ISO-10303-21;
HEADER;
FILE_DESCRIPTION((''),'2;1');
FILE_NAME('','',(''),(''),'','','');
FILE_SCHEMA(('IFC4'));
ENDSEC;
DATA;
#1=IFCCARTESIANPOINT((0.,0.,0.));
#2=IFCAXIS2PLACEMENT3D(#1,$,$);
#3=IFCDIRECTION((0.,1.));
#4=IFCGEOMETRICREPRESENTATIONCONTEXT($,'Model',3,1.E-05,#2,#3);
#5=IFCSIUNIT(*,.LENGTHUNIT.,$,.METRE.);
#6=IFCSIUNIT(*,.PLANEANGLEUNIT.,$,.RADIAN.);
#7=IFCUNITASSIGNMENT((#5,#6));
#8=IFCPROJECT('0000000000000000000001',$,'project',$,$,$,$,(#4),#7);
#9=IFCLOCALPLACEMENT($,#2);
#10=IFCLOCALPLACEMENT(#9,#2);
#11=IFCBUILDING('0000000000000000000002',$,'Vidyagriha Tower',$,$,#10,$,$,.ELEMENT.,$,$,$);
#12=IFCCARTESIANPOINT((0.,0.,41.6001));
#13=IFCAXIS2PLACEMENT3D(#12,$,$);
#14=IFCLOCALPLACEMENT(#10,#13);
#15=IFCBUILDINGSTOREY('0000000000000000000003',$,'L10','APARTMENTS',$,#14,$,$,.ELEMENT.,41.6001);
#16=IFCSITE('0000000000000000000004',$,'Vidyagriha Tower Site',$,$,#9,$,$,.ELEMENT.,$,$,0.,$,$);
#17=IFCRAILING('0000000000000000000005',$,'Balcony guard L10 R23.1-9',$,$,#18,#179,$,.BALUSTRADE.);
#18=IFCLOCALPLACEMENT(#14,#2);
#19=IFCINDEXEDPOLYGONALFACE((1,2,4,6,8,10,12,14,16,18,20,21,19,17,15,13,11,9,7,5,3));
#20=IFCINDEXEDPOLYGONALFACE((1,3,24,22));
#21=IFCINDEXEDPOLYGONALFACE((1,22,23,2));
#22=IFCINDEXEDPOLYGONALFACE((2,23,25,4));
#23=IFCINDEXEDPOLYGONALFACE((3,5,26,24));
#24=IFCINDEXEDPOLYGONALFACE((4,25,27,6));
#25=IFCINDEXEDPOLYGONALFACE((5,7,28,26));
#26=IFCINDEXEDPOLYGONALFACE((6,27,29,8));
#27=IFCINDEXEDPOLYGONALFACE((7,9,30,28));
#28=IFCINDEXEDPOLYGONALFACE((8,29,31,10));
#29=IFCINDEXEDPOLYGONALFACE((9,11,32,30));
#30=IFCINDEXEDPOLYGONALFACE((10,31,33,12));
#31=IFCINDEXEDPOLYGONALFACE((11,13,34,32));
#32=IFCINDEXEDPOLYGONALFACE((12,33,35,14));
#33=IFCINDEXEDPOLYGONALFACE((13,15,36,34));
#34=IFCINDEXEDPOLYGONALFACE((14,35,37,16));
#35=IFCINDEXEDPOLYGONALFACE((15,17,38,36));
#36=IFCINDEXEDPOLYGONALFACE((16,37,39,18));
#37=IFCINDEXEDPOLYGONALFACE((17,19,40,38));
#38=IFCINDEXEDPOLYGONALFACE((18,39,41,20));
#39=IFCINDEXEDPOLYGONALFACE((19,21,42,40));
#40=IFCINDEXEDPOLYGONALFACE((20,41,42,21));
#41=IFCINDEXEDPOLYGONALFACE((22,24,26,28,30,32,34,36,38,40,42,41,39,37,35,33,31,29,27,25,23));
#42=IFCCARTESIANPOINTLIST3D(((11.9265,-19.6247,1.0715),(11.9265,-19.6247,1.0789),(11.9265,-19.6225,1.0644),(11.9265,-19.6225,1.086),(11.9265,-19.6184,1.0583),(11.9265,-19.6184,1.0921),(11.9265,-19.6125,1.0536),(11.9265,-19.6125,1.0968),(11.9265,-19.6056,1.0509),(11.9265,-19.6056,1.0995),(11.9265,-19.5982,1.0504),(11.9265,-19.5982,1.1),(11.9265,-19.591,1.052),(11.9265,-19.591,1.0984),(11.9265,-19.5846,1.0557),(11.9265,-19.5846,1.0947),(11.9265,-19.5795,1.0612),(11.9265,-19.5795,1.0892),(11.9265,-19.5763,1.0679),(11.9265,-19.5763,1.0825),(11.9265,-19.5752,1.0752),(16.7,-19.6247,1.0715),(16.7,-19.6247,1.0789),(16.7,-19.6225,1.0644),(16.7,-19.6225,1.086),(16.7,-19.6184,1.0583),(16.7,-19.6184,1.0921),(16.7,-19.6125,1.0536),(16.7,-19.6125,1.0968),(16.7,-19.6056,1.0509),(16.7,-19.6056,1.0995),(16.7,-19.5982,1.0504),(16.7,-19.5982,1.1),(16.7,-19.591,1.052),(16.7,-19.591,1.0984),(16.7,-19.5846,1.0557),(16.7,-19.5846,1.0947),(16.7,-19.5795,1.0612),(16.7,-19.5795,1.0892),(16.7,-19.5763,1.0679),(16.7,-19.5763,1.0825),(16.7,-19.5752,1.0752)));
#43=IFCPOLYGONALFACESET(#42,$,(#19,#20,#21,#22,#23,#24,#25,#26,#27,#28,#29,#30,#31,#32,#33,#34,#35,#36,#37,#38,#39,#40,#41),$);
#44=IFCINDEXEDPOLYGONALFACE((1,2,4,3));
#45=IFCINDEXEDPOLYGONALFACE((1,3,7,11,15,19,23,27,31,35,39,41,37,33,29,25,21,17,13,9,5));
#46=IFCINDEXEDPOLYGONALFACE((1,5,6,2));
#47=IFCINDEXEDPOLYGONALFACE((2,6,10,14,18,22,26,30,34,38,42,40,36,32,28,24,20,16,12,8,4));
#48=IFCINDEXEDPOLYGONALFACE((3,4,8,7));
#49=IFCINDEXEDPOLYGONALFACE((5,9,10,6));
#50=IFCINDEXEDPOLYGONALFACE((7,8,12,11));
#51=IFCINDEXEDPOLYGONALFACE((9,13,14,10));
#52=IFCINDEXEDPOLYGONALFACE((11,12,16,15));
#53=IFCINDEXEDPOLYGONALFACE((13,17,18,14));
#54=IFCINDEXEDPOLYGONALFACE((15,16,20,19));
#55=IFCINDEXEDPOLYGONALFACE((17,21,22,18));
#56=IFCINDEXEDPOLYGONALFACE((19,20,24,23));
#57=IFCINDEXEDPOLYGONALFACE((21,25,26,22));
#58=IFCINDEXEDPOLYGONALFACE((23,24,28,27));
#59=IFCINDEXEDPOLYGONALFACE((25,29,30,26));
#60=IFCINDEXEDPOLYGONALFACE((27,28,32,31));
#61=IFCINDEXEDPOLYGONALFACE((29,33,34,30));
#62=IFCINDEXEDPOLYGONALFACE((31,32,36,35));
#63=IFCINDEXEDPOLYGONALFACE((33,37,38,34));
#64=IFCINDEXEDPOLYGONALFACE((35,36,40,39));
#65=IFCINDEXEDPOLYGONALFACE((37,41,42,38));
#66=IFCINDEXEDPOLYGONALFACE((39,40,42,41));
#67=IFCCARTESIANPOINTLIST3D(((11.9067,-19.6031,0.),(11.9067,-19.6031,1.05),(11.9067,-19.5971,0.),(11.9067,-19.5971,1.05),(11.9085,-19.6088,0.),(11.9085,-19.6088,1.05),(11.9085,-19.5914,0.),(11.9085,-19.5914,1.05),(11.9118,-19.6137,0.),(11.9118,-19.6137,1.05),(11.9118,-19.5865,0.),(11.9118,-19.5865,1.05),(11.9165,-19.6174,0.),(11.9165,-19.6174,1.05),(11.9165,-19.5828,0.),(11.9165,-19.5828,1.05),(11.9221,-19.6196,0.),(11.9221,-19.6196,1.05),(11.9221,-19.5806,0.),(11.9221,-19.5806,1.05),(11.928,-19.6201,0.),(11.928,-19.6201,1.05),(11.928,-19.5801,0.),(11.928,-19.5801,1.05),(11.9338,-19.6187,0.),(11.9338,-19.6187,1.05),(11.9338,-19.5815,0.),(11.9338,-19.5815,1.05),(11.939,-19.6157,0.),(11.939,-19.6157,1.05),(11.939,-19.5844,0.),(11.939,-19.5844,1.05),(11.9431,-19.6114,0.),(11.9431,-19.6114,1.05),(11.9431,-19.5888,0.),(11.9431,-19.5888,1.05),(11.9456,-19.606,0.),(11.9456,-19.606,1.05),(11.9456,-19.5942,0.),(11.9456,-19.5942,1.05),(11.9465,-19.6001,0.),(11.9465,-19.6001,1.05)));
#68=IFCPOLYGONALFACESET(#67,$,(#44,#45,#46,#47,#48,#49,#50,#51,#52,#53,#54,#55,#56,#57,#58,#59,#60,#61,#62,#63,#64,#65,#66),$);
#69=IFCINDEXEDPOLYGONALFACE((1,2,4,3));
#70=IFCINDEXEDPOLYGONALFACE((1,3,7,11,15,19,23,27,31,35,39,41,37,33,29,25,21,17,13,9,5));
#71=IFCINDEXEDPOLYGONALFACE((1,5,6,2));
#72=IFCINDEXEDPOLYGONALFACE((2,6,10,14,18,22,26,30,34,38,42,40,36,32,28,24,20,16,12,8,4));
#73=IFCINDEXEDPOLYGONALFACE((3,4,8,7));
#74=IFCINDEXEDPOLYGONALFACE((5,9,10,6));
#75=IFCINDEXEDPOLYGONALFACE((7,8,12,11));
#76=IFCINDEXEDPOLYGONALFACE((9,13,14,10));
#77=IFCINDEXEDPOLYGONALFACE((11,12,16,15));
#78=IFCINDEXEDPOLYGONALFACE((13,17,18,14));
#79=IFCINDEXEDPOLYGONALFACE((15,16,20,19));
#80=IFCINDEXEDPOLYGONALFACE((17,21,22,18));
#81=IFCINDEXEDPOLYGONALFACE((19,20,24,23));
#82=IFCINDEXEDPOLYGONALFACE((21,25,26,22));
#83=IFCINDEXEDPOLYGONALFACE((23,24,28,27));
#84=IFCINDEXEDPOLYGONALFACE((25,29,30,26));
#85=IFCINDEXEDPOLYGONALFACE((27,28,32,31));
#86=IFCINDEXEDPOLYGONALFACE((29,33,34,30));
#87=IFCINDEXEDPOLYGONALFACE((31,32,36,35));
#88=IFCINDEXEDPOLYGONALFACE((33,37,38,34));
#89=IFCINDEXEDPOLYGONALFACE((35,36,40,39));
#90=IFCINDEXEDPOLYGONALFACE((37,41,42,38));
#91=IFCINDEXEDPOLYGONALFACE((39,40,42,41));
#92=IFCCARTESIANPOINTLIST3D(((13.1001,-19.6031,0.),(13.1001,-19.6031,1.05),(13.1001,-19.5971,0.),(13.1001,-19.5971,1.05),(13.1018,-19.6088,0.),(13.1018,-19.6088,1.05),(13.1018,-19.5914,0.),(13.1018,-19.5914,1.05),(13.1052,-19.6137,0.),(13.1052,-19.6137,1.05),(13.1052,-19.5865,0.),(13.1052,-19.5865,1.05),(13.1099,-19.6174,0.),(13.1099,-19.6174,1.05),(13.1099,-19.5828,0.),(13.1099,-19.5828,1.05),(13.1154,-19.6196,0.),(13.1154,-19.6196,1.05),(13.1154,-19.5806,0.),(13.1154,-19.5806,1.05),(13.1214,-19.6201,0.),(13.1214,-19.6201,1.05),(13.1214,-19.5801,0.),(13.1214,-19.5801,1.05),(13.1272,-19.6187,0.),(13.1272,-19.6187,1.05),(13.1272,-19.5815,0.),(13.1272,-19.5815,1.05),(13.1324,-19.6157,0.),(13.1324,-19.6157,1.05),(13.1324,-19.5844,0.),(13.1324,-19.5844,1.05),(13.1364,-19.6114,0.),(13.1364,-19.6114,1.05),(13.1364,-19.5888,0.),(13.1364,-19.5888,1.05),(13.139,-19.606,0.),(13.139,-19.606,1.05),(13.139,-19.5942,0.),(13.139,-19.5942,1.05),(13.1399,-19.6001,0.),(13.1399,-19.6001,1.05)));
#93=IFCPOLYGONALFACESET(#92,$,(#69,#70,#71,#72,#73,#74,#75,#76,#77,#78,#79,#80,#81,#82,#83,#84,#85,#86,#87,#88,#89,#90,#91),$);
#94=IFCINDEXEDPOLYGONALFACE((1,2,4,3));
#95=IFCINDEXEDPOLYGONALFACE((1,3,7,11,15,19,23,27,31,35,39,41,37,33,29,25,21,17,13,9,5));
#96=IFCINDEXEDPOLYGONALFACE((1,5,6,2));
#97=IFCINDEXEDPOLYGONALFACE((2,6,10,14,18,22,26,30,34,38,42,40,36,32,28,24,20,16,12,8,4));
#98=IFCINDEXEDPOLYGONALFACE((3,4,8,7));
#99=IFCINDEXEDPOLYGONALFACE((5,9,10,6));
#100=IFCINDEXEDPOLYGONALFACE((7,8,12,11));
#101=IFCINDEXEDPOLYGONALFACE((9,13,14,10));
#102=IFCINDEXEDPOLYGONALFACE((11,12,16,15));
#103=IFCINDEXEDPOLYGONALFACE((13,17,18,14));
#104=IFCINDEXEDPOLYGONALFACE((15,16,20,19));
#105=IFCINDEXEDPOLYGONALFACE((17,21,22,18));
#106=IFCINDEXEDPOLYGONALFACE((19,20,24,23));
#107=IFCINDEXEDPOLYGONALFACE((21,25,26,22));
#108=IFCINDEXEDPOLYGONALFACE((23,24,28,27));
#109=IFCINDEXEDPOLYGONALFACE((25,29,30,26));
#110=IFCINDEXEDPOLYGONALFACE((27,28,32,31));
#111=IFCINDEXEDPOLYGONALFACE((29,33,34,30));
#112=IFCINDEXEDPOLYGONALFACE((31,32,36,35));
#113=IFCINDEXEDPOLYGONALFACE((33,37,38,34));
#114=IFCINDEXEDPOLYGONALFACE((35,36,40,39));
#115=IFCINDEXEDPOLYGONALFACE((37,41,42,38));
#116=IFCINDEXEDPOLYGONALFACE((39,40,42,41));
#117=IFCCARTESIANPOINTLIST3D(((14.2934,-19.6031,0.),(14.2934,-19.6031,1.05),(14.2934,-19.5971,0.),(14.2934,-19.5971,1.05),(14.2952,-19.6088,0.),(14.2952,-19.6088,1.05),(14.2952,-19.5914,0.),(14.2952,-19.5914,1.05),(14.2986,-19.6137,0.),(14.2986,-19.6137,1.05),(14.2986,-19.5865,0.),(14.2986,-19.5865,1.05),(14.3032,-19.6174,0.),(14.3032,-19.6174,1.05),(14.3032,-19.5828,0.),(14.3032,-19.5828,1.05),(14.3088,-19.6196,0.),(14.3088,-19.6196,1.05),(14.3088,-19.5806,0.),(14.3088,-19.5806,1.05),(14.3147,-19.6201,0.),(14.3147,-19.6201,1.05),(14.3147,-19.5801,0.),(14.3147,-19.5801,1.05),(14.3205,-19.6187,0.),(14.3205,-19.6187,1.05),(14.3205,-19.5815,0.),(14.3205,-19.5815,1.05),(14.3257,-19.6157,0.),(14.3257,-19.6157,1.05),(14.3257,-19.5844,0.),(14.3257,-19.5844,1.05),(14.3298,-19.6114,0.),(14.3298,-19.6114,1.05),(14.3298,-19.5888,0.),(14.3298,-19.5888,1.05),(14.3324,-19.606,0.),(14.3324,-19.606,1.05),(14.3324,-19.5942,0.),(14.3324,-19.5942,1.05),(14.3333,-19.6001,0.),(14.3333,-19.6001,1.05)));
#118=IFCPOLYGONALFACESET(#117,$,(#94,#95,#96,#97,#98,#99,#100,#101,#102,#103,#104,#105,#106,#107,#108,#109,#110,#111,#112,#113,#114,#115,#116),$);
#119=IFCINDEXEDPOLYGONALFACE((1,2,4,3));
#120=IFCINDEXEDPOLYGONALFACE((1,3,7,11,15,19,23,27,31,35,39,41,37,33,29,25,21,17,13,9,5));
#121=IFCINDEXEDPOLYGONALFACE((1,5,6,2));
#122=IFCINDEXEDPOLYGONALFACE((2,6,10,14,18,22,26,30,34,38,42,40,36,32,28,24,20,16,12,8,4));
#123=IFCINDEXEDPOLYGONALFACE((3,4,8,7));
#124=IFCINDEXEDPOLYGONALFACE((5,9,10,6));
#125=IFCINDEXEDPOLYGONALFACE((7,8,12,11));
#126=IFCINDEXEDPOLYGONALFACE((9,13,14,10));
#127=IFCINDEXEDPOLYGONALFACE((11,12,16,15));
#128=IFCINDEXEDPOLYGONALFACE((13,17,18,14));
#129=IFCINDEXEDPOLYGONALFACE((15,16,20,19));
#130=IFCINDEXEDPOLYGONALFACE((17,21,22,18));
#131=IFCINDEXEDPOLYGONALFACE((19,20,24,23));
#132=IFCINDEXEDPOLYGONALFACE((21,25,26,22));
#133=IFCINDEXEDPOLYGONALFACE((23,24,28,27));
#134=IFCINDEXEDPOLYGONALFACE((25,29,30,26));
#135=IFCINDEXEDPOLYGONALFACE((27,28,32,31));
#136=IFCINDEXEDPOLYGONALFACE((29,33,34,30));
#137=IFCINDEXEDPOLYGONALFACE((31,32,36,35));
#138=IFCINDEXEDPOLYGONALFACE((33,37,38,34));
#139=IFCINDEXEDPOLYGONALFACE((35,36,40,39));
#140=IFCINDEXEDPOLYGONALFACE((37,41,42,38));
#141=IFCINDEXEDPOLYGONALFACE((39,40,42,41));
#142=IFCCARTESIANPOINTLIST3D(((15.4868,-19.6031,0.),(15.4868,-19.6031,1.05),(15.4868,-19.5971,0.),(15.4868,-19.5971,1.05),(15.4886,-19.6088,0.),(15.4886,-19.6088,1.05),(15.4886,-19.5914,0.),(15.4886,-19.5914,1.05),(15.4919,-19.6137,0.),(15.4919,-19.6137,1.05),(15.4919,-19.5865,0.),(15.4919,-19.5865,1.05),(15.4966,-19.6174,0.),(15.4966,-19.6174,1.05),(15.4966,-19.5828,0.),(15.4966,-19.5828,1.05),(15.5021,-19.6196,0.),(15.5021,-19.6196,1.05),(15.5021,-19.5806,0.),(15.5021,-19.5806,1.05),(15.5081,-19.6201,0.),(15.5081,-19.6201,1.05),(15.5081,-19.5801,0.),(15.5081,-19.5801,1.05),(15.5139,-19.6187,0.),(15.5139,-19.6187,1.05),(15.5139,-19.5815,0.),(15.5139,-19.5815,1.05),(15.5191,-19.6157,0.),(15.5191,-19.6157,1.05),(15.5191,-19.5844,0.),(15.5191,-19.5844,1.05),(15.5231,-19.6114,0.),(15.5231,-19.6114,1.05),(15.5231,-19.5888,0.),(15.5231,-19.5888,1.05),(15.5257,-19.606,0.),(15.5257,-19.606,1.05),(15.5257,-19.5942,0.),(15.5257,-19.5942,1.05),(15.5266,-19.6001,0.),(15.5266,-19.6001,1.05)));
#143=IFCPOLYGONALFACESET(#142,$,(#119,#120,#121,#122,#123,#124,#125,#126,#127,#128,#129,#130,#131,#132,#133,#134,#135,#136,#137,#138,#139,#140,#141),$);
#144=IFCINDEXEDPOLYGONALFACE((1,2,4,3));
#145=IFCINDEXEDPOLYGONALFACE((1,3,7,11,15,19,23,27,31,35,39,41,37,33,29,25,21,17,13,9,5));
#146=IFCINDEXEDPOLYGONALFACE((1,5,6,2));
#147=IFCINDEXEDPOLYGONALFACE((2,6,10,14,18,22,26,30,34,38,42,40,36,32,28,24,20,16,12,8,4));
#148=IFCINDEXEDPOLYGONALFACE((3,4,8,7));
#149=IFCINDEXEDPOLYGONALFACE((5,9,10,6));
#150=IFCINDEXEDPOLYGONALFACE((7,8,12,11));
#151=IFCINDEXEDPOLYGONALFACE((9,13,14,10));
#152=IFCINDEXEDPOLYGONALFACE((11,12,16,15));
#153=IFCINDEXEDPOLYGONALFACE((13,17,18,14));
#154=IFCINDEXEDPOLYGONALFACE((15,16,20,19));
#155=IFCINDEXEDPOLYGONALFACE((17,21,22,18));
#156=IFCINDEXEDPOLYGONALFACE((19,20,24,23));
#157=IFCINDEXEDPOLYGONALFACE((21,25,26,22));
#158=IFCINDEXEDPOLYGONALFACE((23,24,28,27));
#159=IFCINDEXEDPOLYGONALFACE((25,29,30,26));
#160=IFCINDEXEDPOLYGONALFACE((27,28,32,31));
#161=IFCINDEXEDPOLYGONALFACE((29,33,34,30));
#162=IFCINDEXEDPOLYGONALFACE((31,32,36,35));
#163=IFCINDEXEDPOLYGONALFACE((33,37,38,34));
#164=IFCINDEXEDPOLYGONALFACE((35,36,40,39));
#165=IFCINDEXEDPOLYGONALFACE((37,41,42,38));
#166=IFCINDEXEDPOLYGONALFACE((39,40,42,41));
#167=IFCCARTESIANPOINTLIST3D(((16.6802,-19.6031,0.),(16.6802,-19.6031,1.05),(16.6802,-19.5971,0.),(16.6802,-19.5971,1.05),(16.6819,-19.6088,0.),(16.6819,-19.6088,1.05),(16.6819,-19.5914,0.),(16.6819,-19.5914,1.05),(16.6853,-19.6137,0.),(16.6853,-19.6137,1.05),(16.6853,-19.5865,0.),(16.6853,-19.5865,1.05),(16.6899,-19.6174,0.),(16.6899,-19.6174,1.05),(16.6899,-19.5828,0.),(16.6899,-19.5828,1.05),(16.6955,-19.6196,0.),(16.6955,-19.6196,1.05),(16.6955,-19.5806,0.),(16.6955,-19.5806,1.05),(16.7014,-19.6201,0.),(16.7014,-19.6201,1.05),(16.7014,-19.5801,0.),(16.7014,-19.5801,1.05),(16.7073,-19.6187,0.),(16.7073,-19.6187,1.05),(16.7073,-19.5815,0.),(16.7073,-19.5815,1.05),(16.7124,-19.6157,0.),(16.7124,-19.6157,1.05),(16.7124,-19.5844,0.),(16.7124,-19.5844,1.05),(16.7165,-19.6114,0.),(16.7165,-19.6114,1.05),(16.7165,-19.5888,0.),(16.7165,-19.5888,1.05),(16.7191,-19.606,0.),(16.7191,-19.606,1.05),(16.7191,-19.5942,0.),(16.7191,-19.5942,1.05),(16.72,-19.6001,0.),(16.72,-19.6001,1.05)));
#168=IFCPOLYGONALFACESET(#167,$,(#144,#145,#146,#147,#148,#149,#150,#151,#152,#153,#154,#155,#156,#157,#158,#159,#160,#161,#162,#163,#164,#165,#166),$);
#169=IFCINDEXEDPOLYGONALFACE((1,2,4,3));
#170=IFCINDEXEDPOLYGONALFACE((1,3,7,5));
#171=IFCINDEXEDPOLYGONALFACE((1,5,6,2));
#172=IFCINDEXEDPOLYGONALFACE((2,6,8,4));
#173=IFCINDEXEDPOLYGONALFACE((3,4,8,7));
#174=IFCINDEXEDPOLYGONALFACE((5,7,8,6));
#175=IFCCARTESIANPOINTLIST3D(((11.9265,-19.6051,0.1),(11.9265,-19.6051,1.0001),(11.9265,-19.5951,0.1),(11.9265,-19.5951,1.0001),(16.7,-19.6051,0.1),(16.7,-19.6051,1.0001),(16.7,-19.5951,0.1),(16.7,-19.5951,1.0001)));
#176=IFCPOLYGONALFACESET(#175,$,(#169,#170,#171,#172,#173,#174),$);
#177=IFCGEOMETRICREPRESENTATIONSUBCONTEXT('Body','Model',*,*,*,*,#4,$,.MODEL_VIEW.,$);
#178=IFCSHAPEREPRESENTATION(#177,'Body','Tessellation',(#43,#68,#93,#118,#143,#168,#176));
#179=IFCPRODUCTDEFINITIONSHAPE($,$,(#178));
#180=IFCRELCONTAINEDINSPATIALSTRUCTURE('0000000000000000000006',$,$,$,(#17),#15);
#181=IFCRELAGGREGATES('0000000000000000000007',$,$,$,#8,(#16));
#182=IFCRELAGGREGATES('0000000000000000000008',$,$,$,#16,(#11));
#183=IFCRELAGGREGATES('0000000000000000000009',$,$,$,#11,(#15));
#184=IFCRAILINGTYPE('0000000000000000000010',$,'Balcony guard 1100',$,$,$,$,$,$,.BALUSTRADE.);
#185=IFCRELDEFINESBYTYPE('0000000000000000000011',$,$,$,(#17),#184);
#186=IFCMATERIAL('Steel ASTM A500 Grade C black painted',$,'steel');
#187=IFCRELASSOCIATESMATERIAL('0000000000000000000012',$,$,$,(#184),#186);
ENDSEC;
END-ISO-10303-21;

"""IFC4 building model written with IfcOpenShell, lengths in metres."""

from ifc_helpers import new_model, si_unit, direction, frame, origin, origin_2d, place, context, subcontext, project, spatial, rectangle, circle, extrude, material, type_object, element, save


model = new_model("IFC4")

# Units and contexts
model_context = context("Model", 3, precision=1e-05, world=origin(), true_north=direction((0.0, 1.0)))
body_context = subcontext(model_context, "Body", "Model", "MODEL_VIEW")
ifc_project = project(units=[si_unit("LENGTHUNIT", "METRE"), si_unit("PLANEANGLEUNIT", "RADIAN")], contexts=[model_context])

# Site, building, storey
site_placement = place(None, origin())
site = spatial("IfcSite", under=ifc_project, at=site_placement, Name="Vidyagriha Tower Site", CompositionType="ELEMENT", RefElevation=0.0)
building_placement = place(site_placement, origin())
building = spatial("IfcBuilding", under=site, at=building_placement, Name="Vidyagriha Tower", CompositionType="ELEMENT")
storey_placement = place(building_placement, frame((0.0, 0.0, 41.6001)))
storey = spatial("IfcBuildingStorey", under=building, at=storey_placement, Name="L10", Description="APARTMENTS", CompositionType="ELEMENT", Elevation=41.6001)

# Railing
ifc_material_1 = material(Name="Steel ASTM A500 Grade C black painted", Category="steel")
railing_type = type_object("IfcRailingType", Name="Balcony guard 1100", PredefinedType="BALUSTRADE", material=ifc_material_1)
railing_1_placement = place(storey_placement, frame((11.9265, -19.6001, 0.0)))
element("IfcRailing", 1, at=railing_1_placement, inside=storey, type_object=railing_type, Name="Balcony guard L10 R23.1-9", PredefinedType="BALUSTRADE", context=body_context, shape_type="SweptSolid", body=[
    extrude(circle(Radius=0.0249, at=origin_2d()), frame((0.0, 0.0, 1.0752), z_axis=(1.0, 0.0, 0.0), x_axis=(0.0, 1.0, 0.0)), (0.0, 0.0, 1.0), 4.7734),
    extrude(circle(Radius=0.02, at=origin_2d()), origin(), (0.0, 0.0, 1.0), 1.05),
    extrude(circle(Radius=0.02, at=origin_2d()), frame((1.1934, 0.0, 0.0)), (0.0, 0.0, 1.0), 1.05),
    extrude(circle(Radius=0.02, at=origin_2d()), frame((2.3867, 0.0, 0.0)), (0.0, 0.0, 1.0), 1.05),
    extrude(circle(Radius=0.02, at=origin_2d()), frame((3.5801, 0.0, 0.0)), (0.0, 0.0, 1.0), 1.05),
    extrude(circle(Radius=0.02, at=origin_2d()), frame((4.7734, 0.0, 0.0)), (0.0, 0.0, 1.0), 1.05),
    extrude(rectangle(XDim=0.01, YDim=0.9001, at=origin_2d()), frame((0.0, 0.0, 0.55), z_axis=(1.0, 0.0, 0.0), x_axis=(0.0, 1.0, 0.0)), (0.0, 0.0, 1.0), 4.7734),
])

save(model, "model.ifc")
